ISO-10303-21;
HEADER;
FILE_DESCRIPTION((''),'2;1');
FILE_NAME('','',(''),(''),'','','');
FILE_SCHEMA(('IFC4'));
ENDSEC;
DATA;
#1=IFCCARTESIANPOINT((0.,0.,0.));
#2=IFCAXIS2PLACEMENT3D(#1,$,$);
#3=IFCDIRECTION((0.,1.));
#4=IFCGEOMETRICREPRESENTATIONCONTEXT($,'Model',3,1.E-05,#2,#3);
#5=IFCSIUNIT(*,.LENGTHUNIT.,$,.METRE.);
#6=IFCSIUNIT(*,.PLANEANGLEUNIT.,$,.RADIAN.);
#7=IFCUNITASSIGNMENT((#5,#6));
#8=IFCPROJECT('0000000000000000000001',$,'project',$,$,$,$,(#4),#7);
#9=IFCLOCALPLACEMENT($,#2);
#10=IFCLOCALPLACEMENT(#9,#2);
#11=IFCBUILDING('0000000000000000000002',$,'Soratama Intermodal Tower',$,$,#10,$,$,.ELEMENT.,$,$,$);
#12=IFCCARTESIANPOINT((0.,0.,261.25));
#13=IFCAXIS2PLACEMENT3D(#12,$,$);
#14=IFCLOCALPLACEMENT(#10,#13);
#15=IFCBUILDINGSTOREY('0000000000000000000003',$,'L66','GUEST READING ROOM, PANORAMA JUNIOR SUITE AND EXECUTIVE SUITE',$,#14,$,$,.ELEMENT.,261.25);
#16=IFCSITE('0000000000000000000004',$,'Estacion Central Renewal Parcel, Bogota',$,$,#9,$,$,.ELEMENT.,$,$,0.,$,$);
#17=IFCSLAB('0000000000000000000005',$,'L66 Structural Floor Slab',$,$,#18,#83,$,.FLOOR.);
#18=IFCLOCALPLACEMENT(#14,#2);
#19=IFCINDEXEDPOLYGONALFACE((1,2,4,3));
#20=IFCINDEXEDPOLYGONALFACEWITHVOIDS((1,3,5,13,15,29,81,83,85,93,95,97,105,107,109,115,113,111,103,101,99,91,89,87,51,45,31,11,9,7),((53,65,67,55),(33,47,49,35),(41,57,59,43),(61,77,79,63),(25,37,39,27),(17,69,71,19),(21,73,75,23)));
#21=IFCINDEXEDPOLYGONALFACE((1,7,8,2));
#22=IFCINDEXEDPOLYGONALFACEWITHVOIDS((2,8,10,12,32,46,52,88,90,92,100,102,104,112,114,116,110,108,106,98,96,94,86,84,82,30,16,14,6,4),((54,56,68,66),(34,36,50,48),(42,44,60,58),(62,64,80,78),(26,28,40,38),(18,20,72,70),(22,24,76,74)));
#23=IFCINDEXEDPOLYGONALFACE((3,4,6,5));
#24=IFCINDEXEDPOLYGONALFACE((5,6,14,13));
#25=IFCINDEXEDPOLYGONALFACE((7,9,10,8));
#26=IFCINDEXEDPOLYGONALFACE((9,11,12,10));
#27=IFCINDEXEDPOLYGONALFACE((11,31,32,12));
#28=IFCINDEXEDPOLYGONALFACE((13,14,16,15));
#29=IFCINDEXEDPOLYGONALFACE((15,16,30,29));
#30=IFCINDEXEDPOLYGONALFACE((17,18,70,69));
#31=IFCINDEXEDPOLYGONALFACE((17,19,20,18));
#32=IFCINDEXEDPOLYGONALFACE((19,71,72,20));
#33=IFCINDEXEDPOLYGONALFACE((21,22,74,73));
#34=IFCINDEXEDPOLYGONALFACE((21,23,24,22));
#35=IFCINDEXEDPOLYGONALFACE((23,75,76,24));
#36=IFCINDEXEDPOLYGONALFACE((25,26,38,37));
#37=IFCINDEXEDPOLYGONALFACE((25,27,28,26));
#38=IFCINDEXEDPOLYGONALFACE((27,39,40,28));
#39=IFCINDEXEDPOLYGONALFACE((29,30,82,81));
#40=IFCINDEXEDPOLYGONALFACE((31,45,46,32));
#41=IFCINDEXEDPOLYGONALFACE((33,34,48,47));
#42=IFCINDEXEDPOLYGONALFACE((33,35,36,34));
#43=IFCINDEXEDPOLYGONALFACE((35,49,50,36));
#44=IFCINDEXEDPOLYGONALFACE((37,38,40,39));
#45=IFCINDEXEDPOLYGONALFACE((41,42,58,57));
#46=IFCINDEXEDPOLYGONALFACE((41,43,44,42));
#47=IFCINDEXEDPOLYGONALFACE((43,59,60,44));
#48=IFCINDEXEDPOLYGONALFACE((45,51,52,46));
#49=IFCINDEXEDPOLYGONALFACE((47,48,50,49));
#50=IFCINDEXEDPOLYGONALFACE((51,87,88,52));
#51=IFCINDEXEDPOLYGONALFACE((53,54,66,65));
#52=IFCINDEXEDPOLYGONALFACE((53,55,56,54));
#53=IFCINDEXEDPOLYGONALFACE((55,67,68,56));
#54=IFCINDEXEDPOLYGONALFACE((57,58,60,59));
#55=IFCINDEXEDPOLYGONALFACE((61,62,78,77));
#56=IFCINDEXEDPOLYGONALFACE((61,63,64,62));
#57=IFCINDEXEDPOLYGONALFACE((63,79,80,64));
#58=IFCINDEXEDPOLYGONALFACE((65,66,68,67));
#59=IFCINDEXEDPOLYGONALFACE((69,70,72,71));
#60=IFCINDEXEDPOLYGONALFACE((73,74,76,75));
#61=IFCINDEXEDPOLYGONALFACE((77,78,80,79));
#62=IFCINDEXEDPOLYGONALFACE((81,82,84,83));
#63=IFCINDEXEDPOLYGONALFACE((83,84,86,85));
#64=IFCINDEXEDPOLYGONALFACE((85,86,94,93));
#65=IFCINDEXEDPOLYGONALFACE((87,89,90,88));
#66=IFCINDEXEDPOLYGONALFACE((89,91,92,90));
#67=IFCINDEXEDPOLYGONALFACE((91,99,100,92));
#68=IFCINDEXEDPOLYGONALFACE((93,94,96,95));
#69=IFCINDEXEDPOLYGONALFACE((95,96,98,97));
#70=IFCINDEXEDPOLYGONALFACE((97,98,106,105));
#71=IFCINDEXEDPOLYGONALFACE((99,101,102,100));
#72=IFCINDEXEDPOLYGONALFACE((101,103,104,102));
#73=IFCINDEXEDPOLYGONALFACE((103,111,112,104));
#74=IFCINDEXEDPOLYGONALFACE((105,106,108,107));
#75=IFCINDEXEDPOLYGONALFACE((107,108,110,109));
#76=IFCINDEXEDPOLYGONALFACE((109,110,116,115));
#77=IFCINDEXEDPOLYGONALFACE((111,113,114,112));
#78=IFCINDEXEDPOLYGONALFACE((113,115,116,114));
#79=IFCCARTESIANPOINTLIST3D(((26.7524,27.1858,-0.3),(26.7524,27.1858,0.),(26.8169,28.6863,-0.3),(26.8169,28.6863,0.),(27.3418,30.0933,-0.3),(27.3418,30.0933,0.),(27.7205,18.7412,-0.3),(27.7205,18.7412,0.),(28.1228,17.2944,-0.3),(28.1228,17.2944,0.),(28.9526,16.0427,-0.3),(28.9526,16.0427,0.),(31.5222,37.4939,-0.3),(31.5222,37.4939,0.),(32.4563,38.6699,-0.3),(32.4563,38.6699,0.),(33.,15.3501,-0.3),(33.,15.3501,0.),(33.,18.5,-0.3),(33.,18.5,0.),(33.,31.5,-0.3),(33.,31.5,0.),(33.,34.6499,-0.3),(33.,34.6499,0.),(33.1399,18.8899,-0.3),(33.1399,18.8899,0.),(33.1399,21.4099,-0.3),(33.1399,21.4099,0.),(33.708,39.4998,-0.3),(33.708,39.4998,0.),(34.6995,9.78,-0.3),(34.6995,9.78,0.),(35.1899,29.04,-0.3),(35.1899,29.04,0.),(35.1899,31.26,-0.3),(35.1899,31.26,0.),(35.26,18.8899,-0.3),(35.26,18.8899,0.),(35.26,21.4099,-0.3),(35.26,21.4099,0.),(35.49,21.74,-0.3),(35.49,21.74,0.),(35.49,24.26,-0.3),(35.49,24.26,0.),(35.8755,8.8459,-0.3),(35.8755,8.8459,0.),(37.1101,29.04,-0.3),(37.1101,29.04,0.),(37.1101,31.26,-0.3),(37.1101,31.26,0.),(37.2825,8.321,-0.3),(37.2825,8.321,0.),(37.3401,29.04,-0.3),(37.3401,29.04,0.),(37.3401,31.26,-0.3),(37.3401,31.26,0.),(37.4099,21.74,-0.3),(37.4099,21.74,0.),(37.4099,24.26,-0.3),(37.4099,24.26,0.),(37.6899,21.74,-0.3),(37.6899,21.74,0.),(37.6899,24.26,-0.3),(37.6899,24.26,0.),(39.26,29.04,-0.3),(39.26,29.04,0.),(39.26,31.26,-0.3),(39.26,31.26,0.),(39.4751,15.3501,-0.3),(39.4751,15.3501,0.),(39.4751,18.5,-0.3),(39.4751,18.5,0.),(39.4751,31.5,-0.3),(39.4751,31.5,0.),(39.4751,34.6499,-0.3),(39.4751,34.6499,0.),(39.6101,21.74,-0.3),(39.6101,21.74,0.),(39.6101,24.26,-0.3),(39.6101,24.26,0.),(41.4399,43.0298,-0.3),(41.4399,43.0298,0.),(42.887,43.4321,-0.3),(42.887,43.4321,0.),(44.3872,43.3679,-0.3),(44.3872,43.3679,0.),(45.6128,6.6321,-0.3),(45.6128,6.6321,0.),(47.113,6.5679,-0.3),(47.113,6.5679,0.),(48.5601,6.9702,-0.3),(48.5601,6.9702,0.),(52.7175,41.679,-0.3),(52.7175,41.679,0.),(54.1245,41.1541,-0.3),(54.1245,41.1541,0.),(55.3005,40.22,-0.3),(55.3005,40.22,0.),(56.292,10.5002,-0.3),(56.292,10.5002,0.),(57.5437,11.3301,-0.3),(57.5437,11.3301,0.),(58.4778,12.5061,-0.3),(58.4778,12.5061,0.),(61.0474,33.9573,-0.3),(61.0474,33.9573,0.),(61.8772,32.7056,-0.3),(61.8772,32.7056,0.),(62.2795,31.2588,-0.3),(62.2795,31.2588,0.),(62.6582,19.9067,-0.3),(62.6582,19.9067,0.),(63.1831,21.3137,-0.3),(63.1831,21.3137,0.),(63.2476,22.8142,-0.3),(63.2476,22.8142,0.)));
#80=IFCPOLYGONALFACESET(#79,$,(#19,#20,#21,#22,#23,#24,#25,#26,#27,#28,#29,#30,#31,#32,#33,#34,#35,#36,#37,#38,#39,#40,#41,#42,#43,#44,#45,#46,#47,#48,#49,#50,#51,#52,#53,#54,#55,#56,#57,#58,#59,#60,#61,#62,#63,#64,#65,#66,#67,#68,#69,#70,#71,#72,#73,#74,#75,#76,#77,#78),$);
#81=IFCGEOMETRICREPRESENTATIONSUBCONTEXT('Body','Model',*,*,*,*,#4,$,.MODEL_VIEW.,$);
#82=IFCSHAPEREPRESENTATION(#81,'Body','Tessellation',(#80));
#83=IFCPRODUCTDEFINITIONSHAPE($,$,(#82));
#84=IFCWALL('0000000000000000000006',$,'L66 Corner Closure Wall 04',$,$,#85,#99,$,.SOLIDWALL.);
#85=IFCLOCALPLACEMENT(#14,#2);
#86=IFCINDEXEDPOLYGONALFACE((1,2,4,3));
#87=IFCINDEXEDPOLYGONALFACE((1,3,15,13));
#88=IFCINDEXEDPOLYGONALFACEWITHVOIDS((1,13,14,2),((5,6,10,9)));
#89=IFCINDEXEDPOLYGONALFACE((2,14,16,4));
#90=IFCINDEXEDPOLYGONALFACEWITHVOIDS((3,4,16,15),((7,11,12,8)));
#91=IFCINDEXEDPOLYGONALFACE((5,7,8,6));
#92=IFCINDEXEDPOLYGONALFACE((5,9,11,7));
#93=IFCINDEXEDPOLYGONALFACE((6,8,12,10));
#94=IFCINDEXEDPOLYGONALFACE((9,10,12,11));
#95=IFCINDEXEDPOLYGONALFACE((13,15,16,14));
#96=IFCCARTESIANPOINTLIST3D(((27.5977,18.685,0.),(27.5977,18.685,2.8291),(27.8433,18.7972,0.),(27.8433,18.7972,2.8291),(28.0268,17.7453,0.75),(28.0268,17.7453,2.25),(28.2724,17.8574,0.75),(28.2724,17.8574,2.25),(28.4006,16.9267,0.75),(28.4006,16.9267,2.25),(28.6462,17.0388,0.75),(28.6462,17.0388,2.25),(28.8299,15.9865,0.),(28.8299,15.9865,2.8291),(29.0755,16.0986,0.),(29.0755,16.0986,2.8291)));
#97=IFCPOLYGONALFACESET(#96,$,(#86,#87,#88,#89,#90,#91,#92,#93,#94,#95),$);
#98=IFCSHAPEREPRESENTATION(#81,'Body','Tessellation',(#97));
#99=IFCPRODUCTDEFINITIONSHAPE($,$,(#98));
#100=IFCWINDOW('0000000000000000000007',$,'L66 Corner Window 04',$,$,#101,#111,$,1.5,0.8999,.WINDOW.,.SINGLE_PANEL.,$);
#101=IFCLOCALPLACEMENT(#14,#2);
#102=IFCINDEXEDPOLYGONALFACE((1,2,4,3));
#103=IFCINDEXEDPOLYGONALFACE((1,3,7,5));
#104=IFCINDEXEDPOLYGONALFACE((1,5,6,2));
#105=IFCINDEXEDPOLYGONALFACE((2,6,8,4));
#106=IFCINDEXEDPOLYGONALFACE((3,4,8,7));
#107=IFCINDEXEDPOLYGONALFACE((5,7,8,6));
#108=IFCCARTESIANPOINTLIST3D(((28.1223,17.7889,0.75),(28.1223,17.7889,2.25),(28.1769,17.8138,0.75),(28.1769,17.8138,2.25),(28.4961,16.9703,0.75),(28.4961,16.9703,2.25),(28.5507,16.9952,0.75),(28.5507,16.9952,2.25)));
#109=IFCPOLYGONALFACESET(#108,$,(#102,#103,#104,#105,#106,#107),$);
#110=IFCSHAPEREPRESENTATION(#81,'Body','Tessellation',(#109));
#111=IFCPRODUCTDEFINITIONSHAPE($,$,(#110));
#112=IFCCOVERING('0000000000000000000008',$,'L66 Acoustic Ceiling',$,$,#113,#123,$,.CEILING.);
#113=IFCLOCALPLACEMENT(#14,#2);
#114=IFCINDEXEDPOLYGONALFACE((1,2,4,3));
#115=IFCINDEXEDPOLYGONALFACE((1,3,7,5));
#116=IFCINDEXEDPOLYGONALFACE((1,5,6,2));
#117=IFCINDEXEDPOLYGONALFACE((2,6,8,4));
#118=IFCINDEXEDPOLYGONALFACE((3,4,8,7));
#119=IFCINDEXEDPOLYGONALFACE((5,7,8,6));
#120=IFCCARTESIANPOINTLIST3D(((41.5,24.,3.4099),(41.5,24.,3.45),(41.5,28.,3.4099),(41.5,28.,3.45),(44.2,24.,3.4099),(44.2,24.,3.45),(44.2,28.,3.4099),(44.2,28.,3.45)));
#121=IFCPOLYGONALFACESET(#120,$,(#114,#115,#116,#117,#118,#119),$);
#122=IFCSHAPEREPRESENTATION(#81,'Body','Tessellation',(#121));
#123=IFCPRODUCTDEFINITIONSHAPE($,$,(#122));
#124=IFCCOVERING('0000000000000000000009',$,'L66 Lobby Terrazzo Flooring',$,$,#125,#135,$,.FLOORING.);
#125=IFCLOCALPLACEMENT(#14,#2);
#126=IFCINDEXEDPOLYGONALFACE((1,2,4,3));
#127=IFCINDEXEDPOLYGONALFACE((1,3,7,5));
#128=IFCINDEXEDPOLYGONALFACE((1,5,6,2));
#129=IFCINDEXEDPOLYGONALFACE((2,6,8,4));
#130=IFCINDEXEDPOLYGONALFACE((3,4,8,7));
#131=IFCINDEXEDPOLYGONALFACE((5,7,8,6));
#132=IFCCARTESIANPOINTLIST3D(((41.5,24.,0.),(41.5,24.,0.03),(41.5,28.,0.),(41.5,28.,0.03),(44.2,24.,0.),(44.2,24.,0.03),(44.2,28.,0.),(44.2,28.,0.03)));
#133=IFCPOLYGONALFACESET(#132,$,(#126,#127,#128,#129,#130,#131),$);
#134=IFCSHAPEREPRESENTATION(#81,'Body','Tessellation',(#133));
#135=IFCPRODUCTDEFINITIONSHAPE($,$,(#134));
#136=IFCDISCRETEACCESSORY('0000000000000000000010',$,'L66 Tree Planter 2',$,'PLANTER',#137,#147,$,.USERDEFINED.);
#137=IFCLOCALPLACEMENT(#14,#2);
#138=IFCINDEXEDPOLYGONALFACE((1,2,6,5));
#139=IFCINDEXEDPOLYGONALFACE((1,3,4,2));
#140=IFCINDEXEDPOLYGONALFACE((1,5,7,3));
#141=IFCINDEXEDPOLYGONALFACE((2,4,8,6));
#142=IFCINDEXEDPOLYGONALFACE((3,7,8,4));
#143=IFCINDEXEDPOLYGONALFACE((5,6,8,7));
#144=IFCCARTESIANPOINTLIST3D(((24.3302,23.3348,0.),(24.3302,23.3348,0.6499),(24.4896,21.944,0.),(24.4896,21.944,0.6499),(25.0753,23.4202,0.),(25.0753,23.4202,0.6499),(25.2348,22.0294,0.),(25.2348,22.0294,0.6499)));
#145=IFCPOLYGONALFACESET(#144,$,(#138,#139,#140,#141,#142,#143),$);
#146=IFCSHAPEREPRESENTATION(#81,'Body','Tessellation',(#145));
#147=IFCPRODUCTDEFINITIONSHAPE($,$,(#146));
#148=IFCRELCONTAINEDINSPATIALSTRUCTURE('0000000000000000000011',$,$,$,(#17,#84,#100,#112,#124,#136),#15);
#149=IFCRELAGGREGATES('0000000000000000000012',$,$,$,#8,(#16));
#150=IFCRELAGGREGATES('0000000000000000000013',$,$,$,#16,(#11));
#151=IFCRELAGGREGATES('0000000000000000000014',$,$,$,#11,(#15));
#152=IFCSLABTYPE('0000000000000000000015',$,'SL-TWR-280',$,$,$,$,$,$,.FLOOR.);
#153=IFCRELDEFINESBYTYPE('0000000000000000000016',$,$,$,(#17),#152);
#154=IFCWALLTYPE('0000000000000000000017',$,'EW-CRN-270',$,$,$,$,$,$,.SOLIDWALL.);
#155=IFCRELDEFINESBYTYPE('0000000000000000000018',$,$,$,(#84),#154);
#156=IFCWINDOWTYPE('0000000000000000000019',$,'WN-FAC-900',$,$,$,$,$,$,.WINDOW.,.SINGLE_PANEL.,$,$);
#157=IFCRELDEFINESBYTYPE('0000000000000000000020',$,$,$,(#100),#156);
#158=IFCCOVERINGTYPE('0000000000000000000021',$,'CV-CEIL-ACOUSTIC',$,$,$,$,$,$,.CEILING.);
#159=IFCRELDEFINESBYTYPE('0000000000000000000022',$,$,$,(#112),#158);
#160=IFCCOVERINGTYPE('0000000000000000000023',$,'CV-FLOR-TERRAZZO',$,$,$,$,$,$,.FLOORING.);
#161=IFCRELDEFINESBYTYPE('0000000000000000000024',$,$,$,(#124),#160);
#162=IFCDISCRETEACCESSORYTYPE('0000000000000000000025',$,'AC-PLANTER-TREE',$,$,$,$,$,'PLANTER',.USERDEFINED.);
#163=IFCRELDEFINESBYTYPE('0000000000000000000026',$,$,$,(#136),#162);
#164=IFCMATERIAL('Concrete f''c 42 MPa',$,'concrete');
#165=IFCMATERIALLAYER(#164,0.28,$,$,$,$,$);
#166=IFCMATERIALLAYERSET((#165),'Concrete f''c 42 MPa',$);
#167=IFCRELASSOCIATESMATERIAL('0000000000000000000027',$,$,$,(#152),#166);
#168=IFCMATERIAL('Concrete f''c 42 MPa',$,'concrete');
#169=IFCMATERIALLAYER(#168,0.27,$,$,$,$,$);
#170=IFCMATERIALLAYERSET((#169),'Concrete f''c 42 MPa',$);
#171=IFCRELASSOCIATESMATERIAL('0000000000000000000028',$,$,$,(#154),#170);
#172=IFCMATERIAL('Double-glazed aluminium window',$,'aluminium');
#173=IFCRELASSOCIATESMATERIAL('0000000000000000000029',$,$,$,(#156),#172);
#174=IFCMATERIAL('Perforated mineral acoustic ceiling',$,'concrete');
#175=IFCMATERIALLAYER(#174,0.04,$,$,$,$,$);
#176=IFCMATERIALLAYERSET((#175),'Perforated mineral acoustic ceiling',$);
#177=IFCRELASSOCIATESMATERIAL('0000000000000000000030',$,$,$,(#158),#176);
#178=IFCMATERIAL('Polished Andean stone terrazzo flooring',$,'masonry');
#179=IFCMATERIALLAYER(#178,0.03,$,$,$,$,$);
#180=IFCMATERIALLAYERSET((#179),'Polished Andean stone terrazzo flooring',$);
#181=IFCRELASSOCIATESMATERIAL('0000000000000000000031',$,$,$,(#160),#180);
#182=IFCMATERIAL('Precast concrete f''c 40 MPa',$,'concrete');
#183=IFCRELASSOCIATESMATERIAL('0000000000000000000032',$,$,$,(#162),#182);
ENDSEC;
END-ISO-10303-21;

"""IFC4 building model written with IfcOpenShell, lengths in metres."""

from ifc_helpers import new_model, si_unit, direction, frame, frame_2d, origin, origin_2d, place, context, subcontext, project, spatial, polyline, rectangle, outline, extrude, material, layer, layer_set, type_object, element, fill, save


model = new_model("IFC4")

# Units and contexts
model_context = context("Model", 3, precision=1e-05, world=origin(), true_north=direction((0.0, 1.0)))
body_context = subcontext(model_context, "Body", "Model", "MODEL_VIEW")
ifc_project = project(units=[si_unit("LENGTHUNIT", "METRE"), si_unit("PLANEANGLEUNIT", "RADIAN")], contexts=[model_context])

# Site, building, storey
site_placement = place(None, origin())
site = spatial("IfcSite", under=ifc_project, at=site_placement, Name="Estacion Central Renewal Parcel, Bogota", CompositionType="ELEMENT", RefElevation=0.0)
building_placement = place(site_placement, origin())
building = spatial("IfcBuilding", under=site, at=building_placement, Name="Soratama Intermodal Tower", CompositionType="ELEMENT")
storey_placement = place(building_placement, frame((0.0, 0.0, 261.25)))
storey = spatial("IfcBuildingStorey", under=building, at=storey_placement, Name="L66", Description="GUEST READING ROOM, PANORAMA JUNIOR SUITE AND EXECUTIVE SUITE", CompositionType="ELEMENT", Elevation=261.25)

# Slab
ifc_material_1 = material(Name="Concrete f'c 42 MPa", Category="concrete")
ifc_layer_1 = layer(ifc_material_1, 0.28)
ifc_layer_set_1 = layer_set([ifc_layer_1], Name="Concrete f'c 42 MPa")
slab_type_1 = type_object("IfcSlabType", Name="SL-TWR-280", PredefinedType="FLOOR", material=ifc_layer_set_1)
slab_1_placement = place(storey_placement, frame((0.0, 0.0, -0.3)))
element("IfcSlab", 1, at=slab_1_placement, inside=storey, type_object=slab_type_1, Name="L66 Structural Floor Slab", PredefinedType="FLOOR", context=body_context, shape_type="SweptSolid", body=[
    extrude(outline(polyline([(55.3005, 40.22), (54.1245, 41.1541), (52.7175, 41.679), (44.3872, 43.3679), (42.887, 43.4321), (41.4399, 43.0298), (33.708, 39.4998), (32.4563, 38.6699), (31.5222, 37.4939), (27.3418, 30.0933), (26.8169, 28.6863), (26.7524, 27.1858), (27.7205, 18.7412), (28.1228, 17.2944), (28.9526, 16.0427), (34.6995, 9.78), (35.8755, 8.8459), (37.2825, 8.321), (45.6128, 6.6321), (47.113, 6.5679), (48.5601, 6.9702), (56.292, 10.5002), (57.5437, 11.3301), (58.4778, 12.5061), (62.6582, 19.9067), (63.1831, 21.3137), (63.2476, 22.8142), (62.2795, 31.2588), (61.8772, 32.7056), (61.0474, 33.9573), (55.3005, 40.22)]), holes=[polyline([(33.0, 15.3501), (39.4751, 15.3501), (39.4751, 18.5), (33.0, 18.5), (33.0, 15.3501)]), polyline([(35.26, 21.4099), (33.1399, 21.4099), (33.1399, 18.8899), (35.26, 18.8899), (35.26, 21.4099)]), polyline([(37.4099, 24.26), (35.49, 24.26), (35.49, 21.74), (37.4099, 21.74), (37.4099, 24.26)]), polyline([(39.6101, 24.26), (37.6899, 24.26), (37.6899, 21.74), (39.6101, 21.74), (39.6101, 24.26)]), polyline([(37.1101, 31.26), (35.1899, 31.26), (35.1899, 29.04), (37.1101, 29.04), (37.1101, 31.26)]), polyline([(39.26, 31.26), (37.3401, 31.26), (37.3401, 29.04), (39.26, 29.04), (39.26, 31.26)]), polyline([(33.0, 34.6499), (33.0, 31.5), (39.4751, 31.5), (39.4751, 34.6499), (33.0, 34.6499)])]), origin(), (0.0, 0.0, 1.0), 0.3),
])

# Wall, opening, window
ifc_material_2 = material(Name="Concrete f'c 42 MPa", Category="concrete")
ifc_layer_2 = layer(ifc_material_2, 0.27)
ifc_layer_set_2 = layer_set([ifc_layer_2], Name="Concrete f'c 42 MPa")
wall_type = type_object("IfcWallType", Name="EW-CRN-270", PredefinedType="SOLIDWALL", material=ifc_layer_set_2)
wall_placement = place(storey_placement, frame((27.7205, 18.7412, 0.0), z_axis=(0.0, 0.0, 1.0), x_axis=(0.415365, -0.909655, 0.0)))
wall = element("IfcWall", 2, at=wall_placement, inside=storey, type_object=wall_type, Name="L66 Corner Closure Wall 04", PredefinedType="SOLIDWALL", context=body_context, shape_type="SweptSolid", body=[
    extrude(rectangle(XDim=2.9666, YDim=0.27, at=frame_2d((1.4834, 0.0))), origin(), (0.0, 0.0, 1.0), 2.8291),
])
opening_placement = place(wall_placement, frame((1.0332, 0.0, 0.75)))
opening = element("IfcOpeningElement", 3, at=opening_placement, cuts=wall, PredefinedType="OPENING", context=body_context, shape_type="SweptSolid", body=[
    extrude(rectangle(XDim=0.8999, YDim=1.5, at=frame_2d((0.45, 0.75))), frame((0.0, 0.145, 0.0), z_axis=(0.0, -1.0, 0.0), x_axis=(1.0, 0.0, 0.0)), (0.0, 0.0, 1.0), 0.29),
])
ifc_material_3 = material(Name="Double-glazed aluminium window", Category="aluminium")
window_type = type_object("IfcWindowType", Name="WN-FAC-900", PartitioningType="SINGLE_PANEL", PredefinedType="WINDOW", material=ifc_material_3)
window_placement = place(opening_placement, origin())
window = element("IfcWindow", 4, at=window_placement, inside=storey, type_object=window_type, Name="L66 Corner Window 04", OverallHeight=1.5, OverallWidth=0.8999, PartitioningType="SINGLE_PANEL", PredefinedType="WINDOW", context=body_context, shape_type="SweptSolid", body=[
    extrude(rectangle(XDim=0.8999, YDim=1.5, at=frame_2d((0.45, 0.75))), frame((0.0, 0.03, 0.0), z_axis=(0.0, -1.0, 0.0), x_axis=(1.0, 0.0, 0.0)), (0.0, 0.0, 1.0), 0.0601),
])
fill(opening, window)

# Coverings
ifc_material_4 = material(Name="Perforated mineral acoustic ceiling", Category="concrete")
ifc_layer_3 = layer(ifc_material_4, 0.04)
ifc_layer_set_3 = layer_set([ifc_layer_3], Name="Perforated mineral acoustic ceiling")
covering_type_1 = type_object("IfcCoveringType", Name="CV-CEIL-ACOUSTIC", PredefinedType="CEILING", material=ifc_layer_set_3)
covering_1_placement = place(storey_placement, frame((0.0, 0.0, 3.4099)))
element("IfcCovering", 5, at=covering_1_placement, inside=storey, type_object=covering_type_1, Name="L66 Acoustic Ceiling", PredefinedType="CEILING", context=body_context, shape_type="SweptSolid", body=[
    extrude(outline(polyline([(41.5, 24.0), (44.2, 24.0), (44.2, 28.0), (41.5, 28.0), (41.5, 24.0)])), origin(), (0.0, 0.0, 1.0), 0.04),
])
ifc_material_5 = material(Name="Polished Andean stone terrazzo flooring", Category="masonry")
ifc_layer_4 = layer(ifc_material_5, 0.03)
ifc_layer_set_4 = layer_set([ifc_layer_4], Name="Polished Andean stone terrazzo flooring")
covering_type_2 = type_object("IfcCoveringType", Name="CV-FLOR-TERRAZZO", PredefinedType="FLOORING", material=ifc_layer_set_4)
covering_2_placement = place(storey_placement, origin())
element("IfcCovering", 6, at=covering_2_placement, inside=storey, type_object=covering_type_2, Name="L66 Lobby Terrazzo Flooring", PredefinedType="FLOORING", context=body_context, shape_type="SweptSolid", body=[
    extrude(outline(polyline([(41.5, 24.0), (44.2, 24.0), (44.2, 28.0), (41.5, 28.0), (41.5, 24.0)])), origin(), (0.0, 0.0, 1.0), 0.03),
])

# Discrete accessory
ifc_material_6 = material(Name="Precast concrete f'c 40 MPa", Category="concrete")
discrete_accessory_type = type_object("IfcDiscreteAccessoryType", Name="AC-PLANTER-TREE", ElementType="PLANTER", PredefinedType="USERDEFINED", material=ifc_material_6)
discrete_accessory_placement = place(storey_placement, frame((24.7825, 22.6821, 0.0), z_axis=(0.0, 0.0, 1.0), x_axis=(-0.993493, -0.113897, 0.0)))
element("IfcDiscreteAccessory", 7, at=discrete_accessory_placement, inside=storey, type_object=discrete_accessory_type, Name="L66 Tree Planter 2", ObjectType="PLANTER", PredefinedType="USERDEFINED", context=body_context, shape_type="SweptSolid", body=[
    extrude(rectangle(XDim=0.75, YDim=1.3999, at=origin_2d()), origin(), (0.0, 0.0, 1.0), 0.6499),
])

save(model, "model.ifc")
